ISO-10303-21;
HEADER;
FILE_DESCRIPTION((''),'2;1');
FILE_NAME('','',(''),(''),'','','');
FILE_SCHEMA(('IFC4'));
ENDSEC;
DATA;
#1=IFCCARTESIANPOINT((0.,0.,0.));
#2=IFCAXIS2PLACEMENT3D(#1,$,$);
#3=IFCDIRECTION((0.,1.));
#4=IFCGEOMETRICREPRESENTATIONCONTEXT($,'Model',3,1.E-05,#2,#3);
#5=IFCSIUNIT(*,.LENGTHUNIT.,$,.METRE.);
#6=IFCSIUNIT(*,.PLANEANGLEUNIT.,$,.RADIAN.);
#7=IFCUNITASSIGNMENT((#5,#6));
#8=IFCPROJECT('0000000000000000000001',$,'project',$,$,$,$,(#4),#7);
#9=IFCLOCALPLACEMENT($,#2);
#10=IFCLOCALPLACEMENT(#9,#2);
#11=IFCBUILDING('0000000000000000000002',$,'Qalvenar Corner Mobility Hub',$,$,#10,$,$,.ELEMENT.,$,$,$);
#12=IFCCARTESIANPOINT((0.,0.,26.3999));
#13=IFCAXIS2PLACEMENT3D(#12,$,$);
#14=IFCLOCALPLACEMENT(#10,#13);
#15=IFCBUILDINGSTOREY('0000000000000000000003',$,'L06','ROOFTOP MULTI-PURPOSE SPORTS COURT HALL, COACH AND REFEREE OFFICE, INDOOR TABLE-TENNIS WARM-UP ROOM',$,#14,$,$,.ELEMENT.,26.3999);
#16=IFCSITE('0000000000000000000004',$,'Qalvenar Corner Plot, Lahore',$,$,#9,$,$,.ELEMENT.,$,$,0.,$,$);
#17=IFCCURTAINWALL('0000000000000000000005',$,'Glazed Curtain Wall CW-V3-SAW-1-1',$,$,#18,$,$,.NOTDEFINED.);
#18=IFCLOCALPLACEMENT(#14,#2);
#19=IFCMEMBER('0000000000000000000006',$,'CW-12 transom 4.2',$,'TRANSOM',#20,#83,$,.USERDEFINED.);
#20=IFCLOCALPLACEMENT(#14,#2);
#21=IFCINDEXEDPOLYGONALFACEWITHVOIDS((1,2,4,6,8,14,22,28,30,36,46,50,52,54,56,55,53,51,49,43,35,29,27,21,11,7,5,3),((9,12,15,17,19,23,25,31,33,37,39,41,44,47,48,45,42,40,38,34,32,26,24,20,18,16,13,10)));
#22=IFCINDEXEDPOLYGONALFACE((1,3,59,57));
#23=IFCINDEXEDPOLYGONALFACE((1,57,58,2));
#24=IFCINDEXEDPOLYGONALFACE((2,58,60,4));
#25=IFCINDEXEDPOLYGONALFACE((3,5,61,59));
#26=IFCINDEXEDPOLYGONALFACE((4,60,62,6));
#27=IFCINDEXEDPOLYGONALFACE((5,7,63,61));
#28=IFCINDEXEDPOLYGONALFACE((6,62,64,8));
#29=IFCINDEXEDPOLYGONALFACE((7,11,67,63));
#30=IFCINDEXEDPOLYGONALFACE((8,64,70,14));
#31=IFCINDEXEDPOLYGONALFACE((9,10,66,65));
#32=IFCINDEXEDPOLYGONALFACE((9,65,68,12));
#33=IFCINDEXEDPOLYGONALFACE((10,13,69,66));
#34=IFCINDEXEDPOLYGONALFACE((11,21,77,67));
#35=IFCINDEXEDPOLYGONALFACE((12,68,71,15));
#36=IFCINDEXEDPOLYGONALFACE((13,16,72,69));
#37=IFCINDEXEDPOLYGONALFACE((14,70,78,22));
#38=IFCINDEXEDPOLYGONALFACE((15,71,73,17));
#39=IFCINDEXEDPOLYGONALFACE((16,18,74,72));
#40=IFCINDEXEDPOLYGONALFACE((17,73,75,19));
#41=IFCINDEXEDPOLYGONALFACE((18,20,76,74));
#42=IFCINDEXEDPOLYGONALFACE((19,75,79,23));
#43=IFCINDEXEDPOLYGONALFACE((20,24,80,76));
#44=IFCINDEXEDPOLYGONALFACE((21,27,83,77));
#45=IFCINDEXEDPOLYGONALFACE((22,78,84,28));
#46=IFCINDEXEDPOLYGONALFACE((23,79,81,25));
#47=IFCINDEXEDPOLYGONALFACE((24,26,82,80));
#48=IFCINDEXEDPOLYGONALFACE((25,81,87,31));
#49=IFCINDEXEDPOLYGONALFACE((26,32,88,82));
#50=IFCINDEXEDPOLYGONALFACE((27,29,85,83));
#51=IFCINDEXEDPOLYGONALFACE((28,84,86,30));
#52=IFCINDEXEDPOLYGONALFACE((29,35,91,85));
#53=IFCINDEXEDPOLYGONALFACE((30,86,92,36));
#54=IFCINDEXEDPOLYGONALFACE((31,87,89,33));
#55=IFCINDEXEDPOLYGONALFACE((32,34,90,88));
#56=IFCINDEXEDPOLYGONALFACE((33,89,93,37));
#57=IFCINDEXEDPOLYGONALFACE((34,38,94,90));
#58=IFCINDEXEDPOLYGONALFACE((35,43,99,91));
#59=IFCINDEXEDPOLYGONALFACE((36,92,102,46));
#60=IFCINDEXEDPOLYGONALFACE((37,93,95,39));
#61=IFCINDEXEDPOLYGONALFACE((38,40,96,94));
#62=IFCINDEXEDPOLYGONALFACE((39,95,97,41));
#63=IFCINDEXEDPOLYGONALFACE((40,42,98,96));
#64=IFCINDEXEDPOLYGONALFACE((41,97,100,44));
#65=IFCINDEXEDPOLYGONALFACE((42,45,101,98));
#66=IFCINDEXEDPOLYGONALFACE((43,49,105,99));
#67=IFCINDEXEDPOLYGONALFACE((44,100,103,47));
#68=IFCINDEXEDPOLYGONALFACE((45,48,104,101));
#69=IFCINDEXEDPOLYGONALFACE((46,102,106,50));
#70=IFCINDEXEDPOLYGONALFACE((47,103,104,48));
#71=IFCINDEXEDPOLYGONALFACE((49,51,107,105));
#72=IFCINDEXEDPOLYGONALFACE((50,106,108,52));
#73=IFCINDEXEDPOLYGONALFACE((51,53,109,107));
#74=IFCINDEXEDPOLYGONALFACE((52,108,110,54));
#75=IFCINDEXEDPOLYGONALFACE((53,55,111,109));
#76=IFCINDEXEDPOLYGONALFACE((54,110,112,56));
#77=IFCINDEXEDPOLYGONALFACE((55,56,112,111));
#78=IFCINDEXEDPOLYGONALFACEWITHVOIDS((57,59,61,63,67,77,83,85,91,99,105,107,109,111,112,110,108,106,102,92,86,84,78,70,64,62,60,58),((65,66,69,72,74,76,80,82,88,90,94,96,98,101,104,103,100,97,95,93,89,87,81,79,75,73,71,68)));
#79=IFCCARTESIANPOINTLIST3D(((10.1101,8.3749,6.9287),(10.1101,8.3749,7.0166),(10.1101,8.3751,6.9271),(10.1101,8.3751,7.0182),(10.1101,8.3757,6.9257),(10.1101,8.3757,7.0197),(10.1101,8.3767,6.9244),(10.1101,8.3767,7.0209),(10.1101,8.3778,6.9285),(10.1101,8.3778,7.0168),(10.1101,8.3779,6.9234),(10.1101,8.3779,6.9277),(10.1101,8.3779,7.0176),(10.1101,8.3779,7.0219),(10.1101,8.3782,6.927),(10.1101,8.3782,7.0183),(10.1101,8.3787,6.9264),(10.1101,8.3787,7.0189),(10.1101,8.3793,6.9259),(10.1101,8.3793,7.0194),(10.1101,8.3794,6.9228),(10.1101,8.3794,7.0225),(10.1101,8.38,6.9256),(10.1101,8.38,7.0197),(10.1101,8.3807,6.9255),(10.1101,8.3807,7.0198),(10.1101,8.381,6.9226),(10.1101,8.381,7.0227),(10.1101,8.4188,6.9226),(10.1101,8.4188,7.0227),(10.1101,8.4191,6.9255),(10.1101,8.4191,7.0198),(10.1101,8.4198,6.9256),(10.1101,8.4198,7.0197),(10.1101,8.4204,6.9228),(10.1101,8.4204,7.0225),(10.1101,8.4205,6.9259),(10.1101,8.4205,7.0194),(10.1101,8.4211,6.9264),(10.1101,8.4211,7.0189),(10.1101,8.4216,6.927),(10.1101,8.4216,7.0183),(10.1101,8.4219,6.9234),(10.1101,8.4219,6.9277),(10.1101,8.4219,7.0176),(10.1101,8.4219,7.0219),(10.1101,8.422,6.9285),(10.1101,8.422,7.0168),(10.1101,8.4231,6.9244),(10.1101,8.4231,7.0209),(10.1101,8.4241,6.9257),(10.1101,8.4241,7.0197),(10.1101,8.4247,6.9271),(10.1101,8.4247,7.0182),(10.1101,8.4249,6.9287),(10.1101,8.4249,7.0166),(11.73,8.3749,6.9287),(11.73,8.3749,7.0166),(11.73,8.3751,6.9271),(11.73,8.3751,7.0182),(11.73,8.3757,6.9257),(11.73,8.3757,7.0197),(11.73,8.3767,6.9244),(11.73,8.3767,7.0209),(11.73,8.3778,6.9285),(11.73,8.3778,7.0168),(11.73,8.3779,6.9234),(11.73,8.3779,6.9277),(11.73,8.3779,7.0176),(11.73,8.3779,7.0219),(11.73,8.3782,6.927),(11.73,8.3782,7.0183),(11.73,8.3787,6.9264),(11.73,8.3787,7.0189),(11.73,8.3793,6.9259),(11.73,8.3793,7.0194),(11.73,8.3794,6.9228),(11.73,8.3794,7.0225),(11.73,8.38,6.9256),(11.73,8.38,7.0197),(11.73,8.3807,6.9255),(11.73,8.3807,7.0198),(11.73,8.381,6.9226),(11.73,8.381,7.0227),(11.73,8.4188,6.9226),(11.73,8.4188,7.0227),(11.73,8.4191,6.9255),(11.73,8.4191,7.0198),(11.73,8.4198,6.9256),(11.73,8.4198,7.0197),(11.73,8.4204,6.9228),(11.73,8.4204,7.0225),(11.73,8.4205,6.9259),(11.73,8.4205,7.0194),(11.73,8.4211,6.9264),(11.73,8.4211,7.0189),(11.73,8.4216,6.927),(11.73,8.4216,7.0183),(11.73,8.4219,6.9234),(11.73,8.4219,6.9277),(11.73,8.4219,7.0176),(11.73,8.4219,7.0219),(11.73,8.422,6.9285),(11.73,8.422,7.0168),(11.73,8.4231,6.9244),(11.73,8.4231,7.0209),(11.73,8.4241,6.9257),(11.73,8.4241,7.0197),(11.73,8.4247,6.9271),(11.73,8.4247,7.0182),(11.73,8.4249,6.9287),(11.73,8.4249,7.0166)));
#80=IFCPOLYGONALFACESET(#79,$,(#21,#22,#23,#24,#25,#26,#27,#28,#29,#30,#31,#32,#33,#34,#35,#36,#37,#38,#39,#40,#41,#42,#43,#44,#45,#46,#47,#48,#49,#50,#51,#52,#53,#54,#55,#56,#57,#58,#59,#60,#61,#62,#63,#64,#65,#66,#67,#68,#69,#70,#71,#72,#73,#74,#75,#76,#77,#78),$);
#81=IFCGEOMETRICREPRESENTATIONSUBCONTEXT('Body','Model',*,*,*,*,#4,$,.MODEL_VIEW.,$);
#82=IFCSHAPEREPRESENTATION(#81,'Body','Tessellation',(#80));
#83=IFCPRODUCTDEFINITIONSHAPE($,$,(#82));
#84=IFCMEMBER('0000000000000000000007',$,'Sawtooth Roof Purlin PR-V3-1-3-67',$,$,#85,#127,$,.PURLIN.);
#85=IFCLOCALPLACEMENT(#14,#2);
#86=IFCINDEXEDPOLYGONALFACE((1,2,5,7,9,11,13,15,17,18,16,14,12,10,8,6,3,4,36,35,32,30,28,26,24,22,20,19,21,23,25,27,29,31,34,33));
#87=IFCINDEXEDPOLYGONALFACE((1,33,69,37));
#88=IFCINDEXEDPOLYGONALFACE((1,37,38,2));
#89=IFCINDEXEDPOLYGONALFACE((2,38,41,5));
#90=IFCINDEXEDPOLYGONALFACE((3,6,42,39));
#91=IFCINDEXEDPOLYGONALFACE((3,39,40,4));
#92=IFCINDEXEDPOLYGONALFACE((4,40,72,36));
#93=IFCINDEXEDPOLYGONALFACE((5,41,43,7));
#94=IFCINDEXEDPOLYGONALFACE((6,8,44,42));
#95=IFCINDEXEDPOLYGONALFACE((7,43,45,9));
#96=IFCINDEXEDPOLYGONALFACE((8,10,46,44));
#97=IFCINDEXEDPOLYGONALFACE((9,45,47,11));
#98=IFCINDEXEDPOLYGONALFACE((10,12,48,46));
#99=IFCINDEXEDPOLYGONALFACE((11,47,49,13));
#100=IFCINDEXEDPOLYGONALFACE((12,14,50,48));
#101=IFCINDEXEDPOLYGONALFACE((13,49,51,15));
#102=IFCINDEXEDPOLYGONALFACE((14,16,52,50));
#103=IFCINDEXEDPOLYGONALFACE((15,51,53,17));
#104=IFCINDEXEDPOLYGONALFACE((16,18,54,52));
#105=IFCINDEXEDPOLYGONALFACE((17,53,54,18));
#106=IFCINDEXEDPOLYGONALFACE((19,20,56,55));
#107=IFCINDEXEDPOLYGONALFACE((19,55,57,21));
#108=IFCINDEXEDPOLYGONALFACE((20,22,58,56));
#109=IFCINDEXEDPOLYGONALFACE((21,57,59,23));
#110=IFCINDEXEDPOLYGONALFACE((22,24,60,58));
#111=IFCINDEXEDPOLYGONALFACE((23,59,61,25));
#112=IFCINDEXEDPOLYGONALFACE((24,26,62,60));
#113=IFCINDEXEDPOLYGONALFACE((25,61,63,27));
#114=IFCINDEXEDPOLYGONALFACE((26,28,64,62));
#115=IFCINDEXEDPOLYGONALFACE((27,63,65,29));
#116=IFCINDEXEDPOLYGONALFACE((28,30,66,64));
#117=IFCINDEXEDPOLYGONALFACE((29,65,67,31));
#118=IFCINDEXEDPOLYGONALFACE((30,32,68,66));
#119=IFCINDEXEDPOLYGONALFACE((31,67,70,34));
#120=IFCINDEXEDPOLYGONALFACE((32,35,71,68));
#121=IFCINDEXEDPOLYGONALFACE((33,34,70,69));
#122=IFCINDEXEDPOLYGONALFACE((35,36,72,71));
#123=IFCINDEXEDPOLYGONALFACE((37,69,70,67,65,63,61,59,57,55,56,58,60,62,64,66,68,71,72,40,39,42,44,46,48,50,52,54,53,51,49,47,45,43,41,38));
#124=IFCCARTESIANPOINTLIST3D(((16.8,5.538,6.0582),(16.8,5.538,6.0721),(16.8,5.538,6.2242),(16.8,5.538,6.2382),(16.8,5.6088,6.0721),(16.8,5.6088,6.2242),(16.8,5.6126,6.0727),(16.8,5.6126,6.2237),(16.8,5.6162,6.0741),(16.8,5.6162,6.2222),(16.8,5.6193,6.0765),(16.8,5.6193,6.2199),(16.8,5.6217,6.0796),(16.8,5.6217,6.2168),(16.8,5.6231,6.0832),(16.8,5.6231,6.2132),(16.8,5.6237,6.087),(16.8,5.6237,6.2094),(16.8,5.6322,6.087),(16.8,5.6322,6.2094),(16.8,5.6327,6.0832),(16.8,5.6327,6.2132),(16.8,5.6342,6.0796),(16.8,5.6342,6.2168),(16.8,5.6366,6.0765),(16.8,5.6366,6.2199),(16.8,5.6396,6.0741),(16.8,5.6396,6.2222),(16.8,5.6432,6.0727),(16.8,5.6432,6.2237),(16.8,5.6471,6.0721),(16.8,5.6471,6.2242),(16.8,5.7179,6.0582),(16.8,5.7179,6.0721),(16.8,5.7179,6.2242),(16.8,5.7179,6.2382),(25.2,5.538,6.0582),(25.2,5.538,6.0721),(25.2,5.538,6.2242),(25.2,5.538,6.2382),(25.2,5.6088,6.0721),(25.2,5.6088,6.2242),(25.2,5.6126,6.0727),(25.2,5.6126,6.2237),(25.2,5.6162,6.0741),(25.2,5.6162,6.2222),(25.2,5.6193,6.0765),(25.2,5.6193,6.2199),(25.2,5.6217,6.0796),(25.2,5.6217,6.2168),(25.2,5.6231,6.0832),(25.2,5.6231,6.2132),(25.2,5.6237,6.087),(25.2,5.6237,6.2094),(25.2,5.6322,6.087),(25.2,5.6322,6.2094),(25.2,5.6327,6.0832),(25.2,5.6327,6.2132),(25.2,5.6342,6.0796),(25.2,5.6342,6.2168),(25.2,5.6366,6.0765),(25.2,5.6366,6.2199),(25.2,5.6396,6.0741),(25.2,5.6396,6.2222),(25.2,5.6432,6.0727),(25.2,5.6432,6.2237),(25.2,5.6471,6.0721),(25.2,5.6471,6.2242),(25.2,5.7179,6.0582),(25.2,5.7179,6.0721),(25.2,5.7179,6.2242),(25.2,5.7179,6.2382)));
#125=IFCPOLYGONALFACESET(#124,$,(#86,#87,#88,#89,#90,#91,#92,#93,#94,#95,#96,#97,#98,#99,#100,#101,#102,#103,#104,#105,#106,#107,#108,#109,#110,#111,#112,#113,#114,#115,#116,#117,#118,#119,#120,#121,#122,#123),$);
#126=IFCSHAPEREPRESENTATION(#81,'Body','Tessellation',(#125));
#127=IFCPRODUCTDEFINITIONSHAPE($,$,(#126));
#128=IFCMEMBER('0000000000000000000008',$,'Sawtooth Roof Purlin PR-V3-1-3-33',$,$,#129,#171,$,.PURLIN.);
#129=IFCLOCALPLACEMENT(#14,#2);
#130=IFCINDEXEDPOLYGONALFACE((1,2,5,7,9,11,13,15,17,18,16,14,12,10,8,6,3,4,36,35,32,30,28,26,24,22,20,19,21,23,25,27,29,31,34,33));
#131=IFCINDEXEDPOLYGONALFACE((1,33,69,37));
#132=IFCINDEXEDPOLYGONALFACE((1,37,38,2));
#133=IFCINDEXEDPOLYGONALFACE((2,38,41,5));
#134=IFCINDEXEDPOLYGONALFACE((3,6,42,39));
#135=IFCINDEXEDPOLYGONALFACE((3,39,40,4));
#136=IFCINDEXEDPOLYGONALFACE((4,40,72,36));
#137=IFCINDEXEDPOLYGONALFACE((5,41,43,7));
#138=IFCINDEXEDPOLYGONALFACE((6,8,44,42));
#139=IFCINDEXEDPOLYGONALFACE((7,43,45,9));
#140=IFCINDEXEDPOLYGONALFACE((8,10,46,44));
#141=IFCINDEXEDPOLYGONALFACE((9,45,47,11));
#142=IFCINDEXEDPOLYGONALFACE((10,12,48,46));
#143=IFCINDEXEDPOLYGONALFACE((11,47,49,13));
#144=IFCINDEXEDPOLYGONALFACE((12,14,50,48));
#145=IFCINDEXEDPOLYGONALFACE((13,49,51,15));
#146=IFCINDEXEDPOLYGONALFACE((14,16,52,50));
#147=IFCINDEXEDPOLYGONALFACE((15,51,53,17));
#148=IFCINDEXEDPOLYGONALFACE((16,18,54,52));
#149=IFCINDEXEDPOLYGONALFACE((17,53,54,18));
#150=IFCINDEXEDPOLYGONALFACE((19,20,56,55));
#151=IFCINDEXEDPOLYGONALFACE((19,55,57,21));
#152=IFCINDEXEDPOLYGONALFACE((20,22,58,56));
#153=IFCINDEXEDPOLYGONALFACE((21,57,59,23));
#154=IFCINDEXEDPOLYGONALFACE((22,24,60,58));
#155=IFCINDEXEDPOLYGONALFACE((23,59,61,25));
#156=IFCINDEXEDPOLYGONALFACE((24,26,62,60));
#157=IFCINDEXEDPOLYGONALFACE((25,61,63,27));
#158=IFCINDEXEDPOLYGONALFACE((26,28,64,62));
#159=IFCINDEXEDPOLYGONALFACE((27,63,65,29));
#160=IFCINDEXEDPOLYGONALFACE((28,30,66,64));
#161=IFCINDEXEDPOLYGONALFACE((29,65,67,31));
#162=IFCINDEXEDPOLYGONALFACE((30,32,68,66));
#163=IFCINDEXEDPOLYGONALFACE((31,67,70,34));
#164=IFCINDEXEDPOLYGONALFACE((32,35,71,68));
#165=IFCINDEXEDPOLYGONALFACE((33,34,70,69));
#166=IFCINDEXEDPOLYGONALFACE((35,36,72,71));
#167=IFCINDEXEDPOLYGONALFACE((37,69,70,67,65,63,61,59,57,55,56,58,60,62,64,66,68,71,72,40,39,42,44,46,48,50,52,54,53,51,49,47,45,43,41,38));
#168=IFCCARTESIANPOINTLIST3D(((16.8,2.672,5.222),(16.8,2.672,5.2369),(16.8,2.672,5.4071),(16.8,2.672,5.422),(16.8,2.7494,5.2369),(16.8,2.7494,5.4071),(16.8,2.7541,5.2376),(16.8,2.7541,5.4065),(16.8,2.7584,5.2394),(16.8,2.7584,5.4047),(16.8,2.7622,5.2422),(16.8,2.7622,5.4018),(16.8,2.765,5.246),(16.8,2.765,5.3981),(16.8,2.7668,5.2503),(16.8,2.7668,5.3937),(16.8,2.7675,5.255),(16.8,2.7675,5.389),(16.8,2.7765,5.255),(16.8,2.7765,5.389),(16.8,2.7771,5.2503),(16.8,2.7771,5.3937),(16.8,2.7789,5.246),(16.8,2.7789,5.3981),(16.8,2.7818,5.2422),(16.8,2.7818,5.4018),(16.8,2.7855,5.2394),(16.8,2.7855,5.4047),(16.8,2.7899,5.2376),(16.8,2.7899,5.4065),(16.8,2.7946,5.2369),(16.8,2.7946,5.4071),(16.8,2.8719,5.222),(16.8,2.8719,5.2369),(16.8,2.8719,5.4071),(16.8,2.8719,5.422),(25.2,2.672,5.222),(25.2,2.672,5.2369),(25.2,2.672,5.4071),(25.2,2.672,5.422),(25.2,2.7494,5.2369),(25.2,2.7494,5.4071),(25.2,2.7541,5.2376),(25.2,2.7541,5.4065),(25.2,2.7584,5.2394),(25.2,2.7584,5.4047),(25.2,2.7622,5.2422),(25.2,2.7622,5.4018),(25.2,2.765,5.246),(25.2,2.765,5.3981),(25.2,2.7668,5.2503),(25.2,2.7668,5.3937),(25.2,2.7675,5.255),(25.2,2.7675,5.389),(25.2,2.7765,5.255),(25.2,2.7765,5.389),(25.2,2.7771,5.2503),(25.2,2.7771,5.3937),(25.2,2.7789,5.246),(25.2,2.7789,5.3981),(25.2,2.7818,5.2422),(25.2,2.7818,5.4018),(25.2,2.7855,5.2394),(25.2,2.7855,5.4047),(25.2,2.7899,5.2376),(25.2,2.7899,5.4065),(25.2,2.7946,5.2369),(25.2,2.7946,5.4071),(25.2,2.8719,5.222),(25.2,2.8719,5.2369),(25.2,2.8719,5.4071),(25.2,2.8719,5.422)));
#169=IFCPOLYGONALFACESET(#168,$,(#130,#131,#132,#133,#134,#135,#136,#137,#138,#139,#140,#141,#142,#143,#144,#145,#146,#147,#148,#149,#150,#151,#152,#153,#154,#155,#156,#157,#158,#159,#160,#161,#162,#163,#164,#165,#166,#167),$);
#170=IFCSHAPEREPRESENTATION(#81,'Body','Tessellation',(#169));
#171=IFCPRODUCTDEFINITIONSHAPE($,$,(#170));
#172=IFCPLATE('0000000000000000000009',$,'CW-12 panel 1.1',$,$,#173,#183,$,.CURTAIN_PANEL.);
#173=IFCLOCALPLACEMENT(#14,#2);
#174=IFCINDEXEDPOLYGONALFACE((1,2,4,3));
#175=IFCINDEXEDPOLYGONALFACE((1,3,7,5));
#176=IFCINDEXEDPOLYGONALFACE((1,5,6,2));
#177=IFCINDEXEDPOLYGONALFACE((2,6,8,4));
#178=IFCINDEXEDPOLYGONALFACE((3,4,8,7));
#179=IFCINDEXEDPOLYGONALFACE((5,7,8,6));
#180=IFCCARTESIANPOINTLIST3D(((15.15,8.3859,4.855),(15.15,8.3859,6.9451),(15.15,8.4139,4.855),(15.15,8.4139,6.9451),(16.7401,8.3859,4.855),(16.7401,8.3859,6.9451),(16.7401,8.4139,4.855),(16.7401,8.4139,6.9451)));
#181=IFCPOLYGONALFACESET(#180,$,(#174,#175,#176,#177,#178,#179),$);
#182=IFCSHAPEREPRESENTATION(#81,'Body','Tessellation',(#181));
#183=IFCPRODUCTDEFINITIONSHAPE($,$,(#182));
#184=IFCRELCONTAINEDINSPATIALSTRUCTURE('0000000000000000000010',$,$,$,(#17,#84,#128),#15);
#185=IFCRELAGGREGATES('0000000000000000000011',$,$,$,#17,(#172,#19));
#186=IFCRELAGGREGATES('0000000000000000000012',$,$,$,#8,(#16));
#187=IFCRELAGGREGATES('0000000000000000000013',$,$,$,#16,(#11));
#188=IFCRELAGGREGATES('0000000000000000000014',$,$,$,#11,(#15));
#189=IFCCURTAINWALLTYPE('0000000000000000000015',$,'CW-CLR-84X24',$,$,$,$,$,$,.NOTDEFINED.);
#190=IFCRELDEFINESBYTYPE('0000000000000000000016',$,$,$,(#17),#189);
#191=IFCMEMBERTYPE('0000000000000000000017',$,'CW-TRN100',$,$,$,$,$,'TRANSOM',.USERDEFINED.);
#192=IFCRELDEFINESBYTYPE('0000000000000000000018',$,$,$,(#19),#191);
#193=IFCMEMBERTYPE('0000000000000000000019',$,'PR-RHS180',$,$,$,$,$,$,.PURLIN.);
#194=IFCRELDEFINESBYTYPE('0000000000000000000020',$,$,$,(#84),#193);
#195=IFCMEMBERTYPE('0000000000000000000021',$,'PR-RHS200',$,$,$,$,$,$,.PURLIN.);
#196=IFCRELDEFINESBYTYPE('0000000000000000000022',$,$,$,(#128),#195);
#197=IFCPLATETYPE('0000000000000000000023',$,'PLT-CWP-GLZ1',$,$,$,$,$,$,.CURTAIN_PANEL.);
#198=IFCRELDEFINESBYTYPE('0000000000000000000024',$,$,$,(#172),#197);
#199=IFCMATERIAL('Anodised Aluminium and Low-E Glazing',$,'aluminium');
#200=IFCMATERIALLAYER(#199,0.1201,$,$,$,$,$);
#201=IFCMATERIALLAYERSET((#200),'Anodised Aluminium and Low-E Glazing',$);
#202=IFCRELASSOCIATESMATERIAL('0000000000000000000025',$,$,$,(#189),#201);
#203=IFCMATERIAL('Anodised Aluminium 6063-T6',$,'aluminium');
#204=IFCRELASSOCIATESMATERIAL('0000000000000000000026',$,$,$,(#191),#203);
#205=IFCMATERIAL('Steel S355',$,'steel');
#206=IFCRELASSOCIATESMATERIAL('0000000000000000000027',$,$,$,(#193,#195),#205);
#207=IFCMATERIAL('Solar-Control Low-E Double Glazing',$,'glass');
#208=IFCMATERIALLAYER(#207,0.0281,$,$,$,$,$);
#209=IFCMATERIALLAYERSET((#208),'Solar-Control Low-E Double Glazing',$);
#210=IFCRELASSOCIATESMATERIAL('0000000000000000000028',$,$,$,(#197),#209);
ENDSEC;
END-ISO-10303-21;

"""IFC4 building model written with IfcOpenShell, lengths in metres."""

from ifc_helpers import new_model, si_unit, direction, frame, origin, origin_2d, place, context, subcontext, project, spatial, rectangle, hollow_rectangle, i_section, extrude, material, layer, layer_set, material_profile, profile_set, type_object, element, aggregate, save


model = new_model("IFC4")

# Units and contexts
model_context = context("Model", 3, precision=1e-05, world=origin(), true_north=direction((0.0, 1.0)))
body_context = subcontext(model_context, "Body", "Model", "MODEL_VIEW")
ifc_project = project(units=[si_unit("LENGTHUNIT", "METRE"), si_unit("PLANEANGLEUNIT", "RADIAN")], contexts=[model_context])

# Site, building, storey
site_placement = place(None, origin())
site = spatial("IfcSite", under=ifc_project, at=site_placement, Name="Qalvenar Corner Plot, Lahore", CompositionType="ELEMENT", RefElevation=0.0)
building_placement = place(site_placement, origin())
building = spatial("IfcBuilding", under=site, at=building_placement, Name="Qalvenar Corner Mobility Hub", CompositionType="ELEMENT")
storey_placement = place(building_placement, frame((0.0, 0.0, 26.3999)))
storey = spatial("IfcBuildingStorey", under=building, at=storey_placement, Name="L06", Description="ROOFTOP MULTI-PURPOSE SPORTS COURT HALL, COACH AND REFEREE OFFICE, INDOOR TABLE-TENNIS WARM-UP ROOM", CompositionType="ELEMENT", Elevation=26.3999)

# Shared definitions
ifc_material_1 = material(Name="Steel S355", Category="steel")

# Curtain wall, member
ifc_material_2 = material(Name="Anodised Aluminium and Low-E Glazing", Category="aluminium")
ifc_layer_1 = layer(ifc_material_2, 0.1201)
ifc_layer_set_1 = layer_set([ifc_layer_1], Name="Anodised Aluminium and Low-E Glazing")
curtain_wall_type = type_object("IfcCurtainWallType", Name="CW-CLR-84X24", PredefinedType="NOTDEFINED", material=ifc_layer_set_1)
curtain_wall_placement = place(storey_placement, origin())
curtain_wall = element("IfcCurtainWall", 1, at=curtain_wall_placement, inside=storey, type_object=curtain_wall_type, Name="Glazed Curtain Wall CW-V3-SAW-1-1", PredefinedType="NOTDEFINED")
ifc_material_3 = material(Name="Anodised Aluminium 6063-T6", Category="aluminium")
ifc_material_profile_1 = material_profile(ifc_material_3, hollow_rectangle(XDim=0.05, YDim=0.1001, WallThickness=0.0029, InnerFilletRadius=0.0029, OuterFilletRadius=0.0061, at=origin_2d()), Name="RHS100x50x3")
ifc_profile_set_1 = profile_set([ifc_material_profile_1], Name="Anodised Aluminium 6063-T6")
member_type_1 = type_object("IfcMemberType", Name="CW-TRN100", ElementType="TRANSOM", PredefinedType="USERDEFINED", material=ifc_profile_set_1)
member_1_placement = place(storey_placement, frame((11.73, 8.3999, 6.9727), z_axis=(-1.0, 0.0, 0.0), x_axis=(0.0, -1.0, 0.0)))
member_1 = element("IfcMember", 2, at=member_1_placement, type_object=member_type_1, Name="CW-12 transom 4.2", ObjectType="TRANSOM", PredefinedType="USERDEFINED", context=body_context, shape_type="SweptSolid", body=[
    extrude(hollow_rectangle(XDim=0.05, YDim=0.1001, WallThickness=0.0029, InnerFilletRadius=0.0029, OuterFilletRadius=0.0061, at=origin_2d()), origin(), (0.0, 0.0, 1.0), 1.6199),
])

# Members
ifc_material_profile_2 = material_profile(ifc_material_1, i_section(OverallWidth=0.1799, OverallDepth=0.1799, WebThickness=0.0085, FlangeThickness=0.0139, FilletRadius=0.0149, at=origin_2d()), Name="HEB180")
ifc_profile_set_2 = profile_set([ifc_material_profile_2], Name="Steel S355")
member_type_2 = type_object("IfcMemberType", Name="PR-RHS180", PredefinedType="PURLIN", material=ifc_profile_set_2)
member_2_placement = place(storey_placement, frame((16.8, 5.6279, 6.1482), z_axis=(1.0, 0.0, 0.0), x_axis=(0.0, 1.0, 0.0)))
element("IfcMember", 3, at=member_2_placement, inside=storey, type_object=member_type_2, Name="Sawtooth Roof Purlin PR-V3-1-3-67", PredefinedType="PURLIN", context=body_context, shape_type="SweptSolid", body=[
    extrude(i_section(OverallWidth=0.1799, OverallDepth=0.1799, WebThickness=0.0085, FlangeThickness=0.0139, FilletRadius=0.0149, at=origin_2d()), origin(), (0.0, 0.0, 1.0), 8.3999),
])
ifc_material_profile_3 = material_profile(ifc_material_1, i_section(OverallWidth=0.2, OverallDepth=0.2, WebThickness=0.009, FlangeThickness=0.0149, FilletRadius=0.0181, at=origin_2d()), Name="HEB200")
ifc_profile_set_3 = profile_set([ifc_material_profile_3], Name="Steel S355")
member_type_3 = type_object("IfcMemberType", Name="PR-RHS200", PredefinedType="PURLIN", material=ifc_profile_set_3)
member_3_placement = place(storey_placement, frame((16.8, 2.772, 5.322), z_axis=(1.0, 0.0, 0.0), x_axis=(0.0, 1.0, 0.0)))
element("IfcMember", 4, at=member_3_placement, inside=storey, type_object=member_type_3, Name="Sawtooth Roof Purlin PR-V3-1-3-33", PredefinedType="PURLIN", context=body_context, shape_type="SweptSolid", body=[
    extrude(i_section(OverallWidth=0.2, OverallDepth=0.2, WebThickness=0.009, FlangeThickness=0.0149, FilletRadius=0.0181, at=origin_2d()), origin(), (0.0, 0.0, 1.0), 8.3999),
])

# Plate
ifc_material_4 = material(Name="Solar-Control Low-E Double Glazing", Category="glass")
ifc_layer_2 = layer(ifc_material_4, 0.0281)
ifc_layer_set_2 = layer_set([ifc_layer_2], Name="Solar-Control Low-E Double Glazing")
plate_type = type_object("IfcPlateType", Name="PLT-CWP-GLZ1", PredefinedType="CURTAIN_PANEL", material=ifc_layer_set_2)
plate_1_placement = place(storey_placement, frame((15.9451, 8.3999, 4.855), z_axis=(0.0, 0.0, 1.0), x_axis=(-1.0, 0.0, 0.0)))
plate_1 = element("IfcPlate", 5, at=plate_1_placement, type_object=plate_type, Name="CW-12 panel 1.1", PredefinedType="CURTAIN_PANEL", context=body_context, shape_type="SweptSolid", body=[
    extrude(rectangle(XDim=1.5901, YDim=0.0281, at=origin_2d()), origin(), (0.0, 0.0, 1.0), 2.0901),
])
aggregate(curtain_wall, [plate_1, member_1])

save(model, "model.ifc")
